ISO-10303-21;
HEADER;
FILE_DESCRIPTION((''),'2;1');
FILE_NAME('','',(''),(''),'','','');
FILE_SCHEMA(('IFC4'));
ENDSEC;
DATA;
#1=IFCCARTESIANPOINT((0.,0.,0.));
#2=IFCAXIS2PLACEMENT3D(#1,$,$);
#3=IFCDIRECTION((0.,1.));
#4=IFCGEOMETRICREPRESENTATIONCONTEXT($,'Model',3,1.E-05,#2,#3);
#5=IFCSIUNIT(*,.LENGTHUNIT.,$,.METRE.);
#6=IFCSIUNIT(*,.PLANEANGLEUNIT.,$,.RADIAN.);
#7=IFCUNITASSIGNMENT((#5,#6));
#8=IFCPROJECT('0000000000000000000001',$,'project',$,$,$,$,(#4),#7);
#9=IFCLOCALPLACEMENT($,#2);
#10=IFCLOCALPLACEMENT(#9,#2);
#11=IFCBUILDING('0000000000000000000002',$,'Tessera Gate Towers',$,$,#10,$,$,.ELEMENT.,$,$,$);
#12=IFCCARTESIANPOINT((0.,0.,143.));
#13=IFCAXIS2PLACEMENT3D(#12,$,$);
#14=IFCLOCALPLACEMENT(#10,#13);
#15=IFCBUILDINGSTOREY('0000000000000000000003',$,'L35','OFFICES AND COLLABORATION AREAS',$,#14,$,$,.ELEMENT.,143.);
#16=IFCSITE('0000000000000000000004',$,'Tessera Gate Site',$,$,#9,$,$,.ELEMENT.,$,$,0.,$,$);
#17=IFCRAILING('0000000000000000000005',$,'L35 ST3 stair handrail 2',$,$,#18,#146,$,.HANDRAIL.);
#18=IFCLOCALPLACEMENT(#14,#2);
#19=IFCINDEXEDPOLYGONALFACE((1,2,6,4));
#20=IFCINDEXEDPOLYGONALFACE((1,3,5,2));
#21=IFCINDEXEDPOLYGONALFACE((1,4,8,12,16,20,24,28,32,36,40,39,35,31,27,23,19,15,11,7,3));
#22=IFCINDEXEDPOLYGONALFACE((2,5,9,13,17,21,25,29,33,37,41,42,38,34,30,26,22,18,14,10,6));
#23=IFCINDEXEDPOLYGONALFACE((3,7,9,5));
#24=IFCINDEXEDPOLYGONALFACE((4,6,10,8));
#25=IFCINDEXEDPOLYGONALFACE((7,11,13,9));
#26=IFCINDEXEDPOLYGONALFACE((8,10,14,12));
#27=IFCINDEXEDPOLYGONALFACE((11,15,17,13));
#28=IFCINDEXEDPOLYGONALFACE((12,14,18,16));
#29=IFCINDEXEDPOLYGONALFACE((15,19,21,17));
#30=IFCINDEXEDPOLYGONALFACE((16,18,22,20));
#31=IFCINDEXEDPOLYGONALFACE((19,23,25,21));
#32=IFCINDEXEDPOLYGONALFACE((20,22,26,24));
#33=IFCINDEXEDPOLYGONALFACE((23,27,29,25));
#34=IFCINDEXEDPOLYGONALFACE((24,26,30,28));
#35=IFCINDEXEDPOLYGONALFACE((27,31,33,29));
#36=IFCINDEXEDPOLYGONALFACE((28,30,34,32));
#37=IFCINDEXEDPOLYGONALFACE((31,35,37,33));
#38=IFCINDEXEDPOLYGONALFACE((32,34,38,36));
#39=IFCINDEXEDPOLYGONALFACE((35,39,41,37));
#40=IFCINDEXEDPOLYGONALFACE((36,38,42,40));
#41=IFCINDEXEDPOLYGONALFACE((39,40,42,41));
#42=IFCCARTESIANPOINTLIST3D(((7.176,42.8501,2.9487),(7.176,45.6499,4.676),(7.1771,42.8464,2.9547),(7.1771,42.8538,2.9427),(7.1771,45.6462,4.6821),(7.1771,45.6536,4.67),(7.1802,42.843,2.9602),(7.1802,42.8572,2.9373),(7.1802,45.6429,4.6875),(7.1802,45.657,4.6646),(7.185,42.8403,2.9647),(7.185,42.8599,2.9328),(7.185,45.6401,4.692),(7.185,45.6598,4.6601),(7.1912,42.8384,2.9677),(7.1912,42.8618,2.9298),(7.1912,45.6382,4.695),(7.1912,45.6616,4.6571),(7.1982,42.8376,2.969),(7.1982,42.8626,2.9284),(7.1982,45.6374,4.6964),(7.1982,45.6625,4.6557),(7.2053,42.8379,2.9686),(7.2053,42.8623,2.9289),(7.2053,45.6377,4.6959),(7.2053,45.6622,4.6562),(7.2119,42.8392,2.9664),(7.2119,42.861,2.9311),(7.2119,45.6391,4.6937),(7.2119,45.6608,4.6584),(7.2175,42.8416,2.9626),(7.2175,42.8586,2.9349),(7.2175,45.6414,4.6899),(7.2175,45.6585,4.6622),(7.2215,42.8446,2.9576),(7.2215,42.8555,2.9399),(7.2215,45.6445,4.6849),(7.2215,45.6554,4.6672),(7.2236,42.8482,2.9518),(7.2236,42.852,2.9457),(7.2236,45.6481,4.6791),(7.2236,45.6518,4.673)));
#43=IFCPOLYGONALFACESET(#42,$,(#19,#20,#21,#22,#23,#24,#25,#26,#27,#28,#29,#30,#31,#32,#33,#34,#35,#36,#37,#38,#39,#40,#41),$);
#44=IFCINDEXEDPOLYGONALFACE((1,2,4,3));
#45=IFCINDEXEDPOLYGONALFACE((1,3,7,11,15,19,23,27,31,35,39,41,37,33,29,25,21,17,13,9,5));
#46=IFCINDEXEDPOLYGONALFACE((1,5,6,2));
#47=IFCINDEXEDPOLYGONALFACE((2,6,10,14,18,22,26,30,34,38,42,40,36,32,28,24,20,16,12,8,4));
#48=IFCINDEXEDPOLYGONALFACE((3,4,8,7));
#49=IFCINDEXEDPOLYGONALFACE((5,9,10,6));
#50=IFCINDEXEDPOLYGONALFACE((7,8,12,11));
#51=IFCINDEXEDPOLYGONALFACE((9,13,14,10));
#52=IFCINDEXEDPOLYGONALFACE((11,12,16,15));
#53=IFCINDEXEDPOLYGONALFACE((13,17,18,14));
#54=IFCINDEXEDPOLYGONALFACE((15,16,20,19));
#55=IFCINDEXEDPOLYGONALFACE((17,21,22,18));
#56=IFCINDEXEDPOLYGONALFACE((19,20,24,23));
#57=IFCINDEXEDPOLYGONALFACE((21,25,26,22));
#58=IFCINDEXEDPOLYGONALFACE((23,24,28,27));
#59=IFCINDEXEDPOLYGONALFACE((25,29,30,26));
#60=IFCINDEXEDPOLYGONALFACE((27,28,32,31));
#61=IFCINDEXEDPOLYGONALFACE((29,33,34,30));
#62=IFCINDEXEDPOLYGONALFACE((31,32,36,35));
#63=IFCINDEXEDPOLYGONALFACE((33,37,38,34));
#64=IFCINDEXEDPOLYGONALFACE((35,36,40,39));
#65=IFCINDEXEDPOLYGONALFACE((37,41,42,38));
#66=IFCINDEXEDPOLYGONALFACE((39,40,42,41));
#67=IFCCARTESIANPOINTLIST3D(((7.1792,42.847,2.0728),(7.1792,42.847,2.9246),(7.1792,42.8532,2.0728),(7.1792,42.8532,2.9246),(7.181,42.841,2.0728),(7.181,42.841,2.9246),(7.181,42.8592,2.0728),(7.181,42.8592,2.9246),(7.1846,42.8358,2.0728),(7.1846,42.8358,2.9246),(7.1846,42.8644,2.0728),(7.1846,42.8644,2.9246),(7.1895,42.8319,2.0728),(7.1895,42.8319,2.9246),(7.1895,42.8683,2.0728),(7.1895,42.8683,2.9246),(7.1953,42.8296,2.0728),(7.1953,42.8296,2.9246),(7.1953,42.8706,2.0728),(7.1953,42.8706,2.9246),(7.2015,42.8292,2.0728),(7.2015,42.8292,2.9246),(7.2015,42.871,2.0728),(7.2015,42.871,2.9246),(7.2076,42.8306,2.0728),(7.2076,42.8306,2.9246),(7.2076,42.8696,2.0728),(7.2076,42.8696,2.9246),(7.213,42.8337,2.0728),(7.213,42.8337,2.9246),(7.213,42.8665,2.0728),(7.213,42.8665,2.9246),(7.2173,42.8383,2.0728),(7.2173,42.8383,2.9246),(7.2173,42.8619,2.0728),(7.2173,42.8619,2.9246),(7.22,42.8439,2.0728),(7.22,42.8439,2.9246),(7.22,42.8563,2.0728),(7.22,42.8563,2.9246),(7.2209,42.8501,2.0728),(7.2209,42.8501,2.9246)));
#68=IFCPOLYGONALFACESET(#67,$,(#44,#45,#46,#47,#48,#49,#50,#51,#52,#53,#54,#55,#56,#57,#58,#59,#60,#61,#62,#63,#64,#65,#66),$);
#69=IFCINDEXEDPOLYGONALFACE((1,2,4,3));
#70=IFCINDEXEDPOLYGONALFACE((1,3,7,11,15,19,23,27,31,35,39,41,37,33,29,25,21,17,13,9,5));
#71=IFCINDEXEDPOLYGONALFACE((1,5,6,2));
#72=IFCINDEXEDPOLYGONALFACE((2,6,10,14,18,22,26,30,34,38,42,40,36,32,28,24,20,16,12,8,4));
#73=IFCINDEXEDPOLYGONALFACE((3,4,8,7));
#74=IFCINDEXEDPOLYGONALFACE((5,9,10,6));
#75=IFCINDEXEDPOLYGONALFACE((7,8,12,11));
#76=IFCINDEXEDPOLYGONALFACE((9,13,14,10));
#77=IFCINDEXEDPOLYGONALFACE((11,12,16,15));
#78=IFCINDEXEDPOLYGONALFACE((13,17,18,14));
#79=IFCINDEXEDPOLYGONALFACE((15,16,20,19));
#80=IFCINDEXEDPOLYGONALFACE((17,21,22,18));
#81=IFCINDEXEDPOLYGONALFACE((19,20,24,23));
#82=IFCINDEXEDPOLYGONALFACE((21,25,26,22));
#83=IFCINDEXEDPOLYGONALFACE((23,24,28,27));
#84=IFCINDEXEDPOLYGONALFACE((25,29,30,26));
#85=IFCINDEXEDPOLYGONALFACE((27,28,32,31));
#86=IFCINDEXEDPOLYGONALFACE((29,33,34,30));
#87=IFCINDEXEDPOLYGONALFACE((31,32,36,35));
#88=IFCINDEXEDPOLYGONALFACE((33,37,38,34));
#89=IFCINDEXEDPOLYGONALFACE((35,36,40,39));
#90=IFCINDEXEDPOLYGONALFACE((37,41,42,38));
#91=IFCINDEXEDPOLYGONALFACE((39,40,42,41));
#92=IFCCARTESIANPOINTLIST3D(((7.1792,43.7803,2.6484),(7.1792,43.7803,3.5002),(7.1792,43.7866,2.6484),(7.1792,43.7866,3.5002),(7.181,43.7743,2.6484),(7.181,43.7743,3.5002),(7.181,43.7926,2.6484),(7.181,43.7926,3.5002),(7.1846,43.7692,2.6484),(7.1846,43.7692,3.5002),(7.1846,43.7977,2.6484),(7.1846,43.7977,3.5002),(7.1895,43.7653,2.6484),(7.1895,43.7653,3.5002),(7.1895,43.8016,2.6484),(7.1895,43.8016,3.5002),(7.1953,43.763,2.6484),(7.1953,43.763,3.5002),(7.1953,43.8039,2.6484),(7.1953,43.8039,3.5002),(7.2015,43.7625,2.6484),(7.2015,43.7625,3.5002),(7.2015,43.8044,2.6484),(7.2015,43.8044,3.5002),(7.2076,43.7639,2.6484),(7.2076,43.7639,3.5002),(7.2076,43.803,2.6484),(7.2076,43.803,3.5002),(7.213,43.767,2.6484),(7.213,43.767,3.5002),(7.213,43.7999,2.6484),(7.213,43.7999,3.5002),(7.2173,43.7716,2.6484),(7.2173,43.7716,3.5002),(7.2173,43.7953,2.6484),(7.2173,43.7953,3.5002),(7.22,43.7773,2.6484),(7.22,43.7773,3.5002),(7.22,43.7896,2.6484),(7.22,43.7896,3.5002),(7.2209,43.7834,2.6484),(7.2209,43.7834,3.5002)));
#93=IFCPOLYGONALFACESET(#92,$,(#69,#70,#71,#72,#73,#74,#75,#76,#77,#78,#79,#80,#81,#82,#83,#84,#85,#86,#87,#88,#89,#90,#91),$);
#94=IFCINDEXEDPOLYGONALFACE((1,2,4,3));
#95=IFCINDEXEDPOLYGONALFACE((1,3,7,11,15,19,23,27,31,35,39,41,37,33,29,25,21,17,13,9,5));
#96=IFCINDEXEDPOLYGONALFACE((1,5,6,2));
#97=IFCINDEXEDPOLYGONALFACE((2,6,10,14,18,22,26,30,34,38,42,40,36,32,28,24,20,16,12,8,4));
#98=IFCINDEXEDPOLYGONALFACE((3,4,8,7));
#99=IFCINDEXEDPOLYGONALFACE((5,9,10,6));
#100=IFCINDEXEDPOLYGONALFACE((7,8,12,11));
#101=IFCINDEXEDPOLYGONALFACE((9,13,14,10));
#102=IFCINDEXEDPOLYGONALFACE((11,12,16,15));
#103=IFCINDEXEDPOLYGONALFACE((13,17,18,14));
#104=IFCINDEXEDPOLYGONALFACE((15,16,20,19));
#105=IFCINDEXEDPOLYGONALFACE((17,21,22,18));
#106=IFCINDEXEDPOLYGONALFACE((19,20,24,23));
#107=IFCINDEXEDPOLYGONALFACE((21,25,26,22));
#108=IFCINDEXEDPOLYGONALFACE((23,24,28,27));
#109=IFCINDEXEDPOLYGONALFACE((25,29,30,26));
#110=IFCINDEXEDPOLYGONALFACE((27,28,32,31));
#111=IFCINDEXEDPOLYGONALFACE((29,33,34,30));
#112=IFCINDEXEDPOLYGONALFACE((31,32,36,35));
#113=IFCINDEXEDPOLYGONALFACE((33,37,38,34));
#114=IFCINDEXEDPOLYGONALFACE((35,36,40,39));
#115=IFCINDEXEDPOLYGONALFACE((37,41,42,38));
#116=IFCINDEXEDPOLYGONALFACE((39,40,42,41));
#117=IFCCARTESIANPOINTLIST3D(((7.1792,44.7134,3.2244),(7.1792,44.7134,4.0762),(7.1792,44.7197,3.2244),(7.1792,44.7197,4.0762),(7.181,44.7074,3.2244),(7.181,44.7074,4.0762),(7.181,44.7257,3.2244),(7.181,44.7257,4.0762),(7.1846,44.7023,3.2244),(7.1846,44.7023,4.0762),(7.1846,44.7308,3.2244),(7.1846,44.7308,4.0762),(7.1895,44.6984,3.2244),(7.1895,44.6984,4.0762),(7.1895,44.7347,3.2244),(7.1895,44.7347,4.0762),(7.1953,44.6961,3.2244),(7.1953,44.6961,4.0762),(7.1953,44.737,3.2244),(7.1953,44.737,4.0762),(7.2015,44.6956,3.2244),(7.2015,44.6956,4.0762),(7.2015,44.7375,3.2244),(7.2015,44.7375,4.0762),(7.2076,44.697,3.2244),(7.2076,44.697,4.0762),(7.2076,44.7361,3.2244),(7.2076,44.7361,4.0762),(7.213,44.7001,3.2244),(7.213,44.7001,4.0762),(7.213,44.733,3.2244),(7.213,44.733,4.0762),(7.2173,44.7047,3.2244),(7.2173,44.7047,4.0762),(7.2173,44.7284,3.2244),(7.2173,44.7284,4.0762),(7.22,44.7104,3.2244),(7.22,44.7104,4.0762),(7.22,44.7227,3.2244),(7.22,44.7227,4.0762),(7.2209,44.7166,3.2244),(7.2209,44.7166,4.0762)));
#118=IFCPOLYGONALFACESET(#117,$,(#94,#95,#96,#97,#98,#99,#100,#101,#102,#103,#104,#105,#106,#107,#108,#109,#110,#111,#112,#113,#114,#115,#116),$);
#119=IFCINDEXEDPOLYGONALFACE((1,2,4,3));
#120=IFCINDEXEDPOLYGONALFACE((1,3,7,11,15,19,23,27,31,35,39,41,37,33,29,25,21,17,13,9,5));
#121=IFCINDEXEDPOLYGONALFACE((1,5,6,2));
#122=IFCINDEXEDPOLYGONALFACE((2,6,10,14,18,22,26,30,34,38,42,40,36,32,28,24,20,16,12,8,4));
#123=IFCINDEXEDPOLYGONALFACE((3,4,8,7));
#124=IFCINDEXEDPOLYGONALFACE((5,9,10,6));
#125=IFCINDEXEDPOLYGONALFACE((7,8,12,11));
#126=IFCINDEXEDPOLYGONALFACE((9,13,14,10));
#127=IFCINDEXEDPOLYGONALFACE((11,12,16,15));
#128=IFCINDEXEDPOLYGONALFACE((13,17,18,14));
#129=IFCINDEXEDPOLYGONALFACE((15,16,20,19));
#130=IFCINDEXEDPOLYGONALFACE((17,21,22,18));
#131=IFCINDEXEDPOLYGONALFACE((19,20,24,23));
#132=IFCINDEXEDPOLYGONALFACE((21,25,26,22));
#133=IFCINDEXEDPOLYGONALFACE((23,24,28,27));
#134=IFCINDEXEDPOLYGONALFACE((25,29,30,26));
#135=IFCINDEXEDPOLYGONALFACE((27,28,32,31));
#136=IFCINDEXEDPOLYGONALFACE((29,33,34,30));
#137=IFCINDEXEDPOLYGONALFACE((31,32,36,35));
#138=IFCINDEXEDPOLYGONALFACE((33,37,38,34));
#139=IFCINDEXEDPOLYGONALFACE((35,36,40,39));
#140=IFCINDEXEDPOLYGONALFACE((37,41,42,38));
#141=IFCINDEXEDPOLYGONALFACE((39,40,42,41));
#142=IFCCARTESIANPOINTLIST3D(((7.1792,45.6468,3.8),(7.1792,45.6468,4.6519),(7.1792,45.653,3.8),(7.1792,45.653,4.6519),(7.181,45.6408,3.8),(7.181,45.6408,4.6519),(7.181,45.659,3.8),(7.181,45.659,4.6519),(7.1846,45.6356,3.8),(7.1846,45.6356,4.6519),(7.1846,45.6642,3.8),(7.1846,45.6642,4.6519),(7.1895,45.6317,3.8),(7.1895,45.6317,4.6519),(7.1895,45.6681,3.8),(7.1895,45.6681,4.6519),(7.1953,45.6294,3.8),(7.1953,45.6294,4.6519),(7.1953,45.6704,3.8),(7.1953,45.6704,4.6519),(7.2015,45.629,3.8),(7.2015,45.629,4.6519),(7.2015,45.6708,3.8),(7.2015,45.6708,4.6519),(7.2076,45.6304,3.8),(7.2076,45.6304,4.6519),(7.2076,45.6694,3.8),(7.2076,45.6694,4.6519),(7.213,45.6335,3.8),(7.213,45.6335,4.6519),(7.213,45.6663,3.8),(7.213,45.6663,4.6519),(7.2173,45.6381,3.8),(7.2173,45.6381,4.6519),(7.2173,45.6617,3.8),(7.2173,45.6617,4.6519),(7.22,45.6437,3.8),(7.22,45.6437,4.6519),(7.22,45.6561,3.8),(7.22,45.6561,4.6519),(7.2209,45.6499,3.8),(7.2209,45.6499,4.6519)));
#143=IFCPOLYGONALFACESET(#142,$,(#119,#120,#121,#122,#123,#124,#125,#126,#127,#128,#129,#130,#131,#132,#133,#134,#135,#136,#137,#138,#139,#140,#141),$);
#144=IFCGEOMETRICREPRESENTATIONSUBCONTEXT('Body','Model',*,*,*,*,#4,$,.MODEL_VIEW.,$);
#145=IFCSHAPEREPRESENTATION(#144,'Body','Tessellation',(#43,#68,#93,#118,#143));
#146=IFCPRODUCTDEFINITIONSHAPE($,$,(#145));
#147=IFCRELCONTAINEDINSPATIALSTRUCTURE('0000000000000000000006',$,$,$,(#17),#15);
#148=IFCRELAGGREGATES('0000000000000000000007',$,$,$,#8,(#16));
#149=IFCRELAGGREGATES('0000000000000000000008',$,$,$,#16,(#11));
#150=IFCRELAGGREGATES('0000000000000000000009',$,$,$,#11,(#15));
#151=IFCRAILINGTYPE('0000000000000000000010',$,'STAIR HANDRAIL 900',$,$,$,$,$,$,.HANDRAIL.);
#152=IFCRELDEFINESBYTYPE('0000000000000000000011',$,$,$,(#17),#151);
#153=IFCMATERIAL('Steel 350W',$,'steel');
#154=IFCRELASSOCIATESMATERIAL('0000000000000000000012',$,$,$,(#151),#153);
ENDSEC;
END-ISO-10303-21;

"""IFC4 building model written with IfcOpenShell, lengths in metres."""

from ifc_helpers import new_model, si_unit, direction, frame, origin, origin_2d, place, context, subcontext, project, spatial, circle, extrude, material, type_object, element, save


model = new_model("IFC4")

# Units and contexts
model_context = context("Model", 3, precision=1e-05, world=origin(), true_north=direction((0.0, 1.0)))
body_context = subcontext(model_context, "Body", "Model", "MODEL_VIEW")
ifc_project = project(units=[si_unit("LENGTHUNIT", "METRE"), si_unit("PLANEANGLEUNIT", "RADIAN")], contexts=[model_context])

# Site, building, storey
site_placement = place(None, origin())
site = spatial("IfcSite", under=ifc_project, at=site_placement, Name="Tessera Gate Site", CompositionType="ELEMENT", RefElevation=0.0)
building_placement = place(site_placement, origin())
building = spatial("IfcBuilding", under=site, at=building_placement, Name="Tessera Gate Towers", CompositionType="ELEMENT")
storey_placement = place(building_placement, frame((0.0, 0.0, 143.0)))
storey = spatial("IfcBuildingStorey", under=building, at=storey_placement, Name="L35", Description="OFFICES AND COLLABORATION AREAS", CompositionType="ELEMENT", Elevation=143.0)

# Railing
ifc_material_1 = material(Name="Steel 350W", Category="steel")
railing_type = type_object("IfcRailingType", Name="STAIR HANDRAIL 900", PredefinedType="HANDRAIL", material=ifc_material_1)
railing_1_placement = place(storey_placement, frame((7.2, 42.8501, 2.0728)))
element("IfcRailing", 1, at=railing_1_placement, inside=storey, type_object=railing_type, Name="L35 ST3 stair handrail 2", PredefinedType="HANDRAIL", context=body_context, shape_type="SweptSolid", body=[
    extrude(circle(Radius=0.0239, at=origin_2d()), frame((0.0, 0.0, 0.876), z_axis=(0.0, 0.851069, 0.525054), x_axis=(-1.0, 0.0, 0.0)), (0.0, 0.0, 1.0), 3.2898),
    extrude(circle(Radius=0.021, at=origin_2d()), origin(), (0.0, 0.0, 1.0), 0.8518),
    extrude(circle(Radius=0.021, at=origin_2d()), frame((0.0, 0.9333, 0.5757)), (0.0, 0.0, 1.0), 0.8518),
    extrude(circle(Radius=0.021, at=origin_2d()), frame((0.0, 1.8665, 1.1516)), (0.0, 0.0, 1.0), 0.8518),
    extrude(circle(Radius=0.021, at=origin_2d()), frame((0.0, 2.7998, 1.7273)), (0.0, 0.0, 1.0), 0.8518),
])

save(model, "model.ifc")
